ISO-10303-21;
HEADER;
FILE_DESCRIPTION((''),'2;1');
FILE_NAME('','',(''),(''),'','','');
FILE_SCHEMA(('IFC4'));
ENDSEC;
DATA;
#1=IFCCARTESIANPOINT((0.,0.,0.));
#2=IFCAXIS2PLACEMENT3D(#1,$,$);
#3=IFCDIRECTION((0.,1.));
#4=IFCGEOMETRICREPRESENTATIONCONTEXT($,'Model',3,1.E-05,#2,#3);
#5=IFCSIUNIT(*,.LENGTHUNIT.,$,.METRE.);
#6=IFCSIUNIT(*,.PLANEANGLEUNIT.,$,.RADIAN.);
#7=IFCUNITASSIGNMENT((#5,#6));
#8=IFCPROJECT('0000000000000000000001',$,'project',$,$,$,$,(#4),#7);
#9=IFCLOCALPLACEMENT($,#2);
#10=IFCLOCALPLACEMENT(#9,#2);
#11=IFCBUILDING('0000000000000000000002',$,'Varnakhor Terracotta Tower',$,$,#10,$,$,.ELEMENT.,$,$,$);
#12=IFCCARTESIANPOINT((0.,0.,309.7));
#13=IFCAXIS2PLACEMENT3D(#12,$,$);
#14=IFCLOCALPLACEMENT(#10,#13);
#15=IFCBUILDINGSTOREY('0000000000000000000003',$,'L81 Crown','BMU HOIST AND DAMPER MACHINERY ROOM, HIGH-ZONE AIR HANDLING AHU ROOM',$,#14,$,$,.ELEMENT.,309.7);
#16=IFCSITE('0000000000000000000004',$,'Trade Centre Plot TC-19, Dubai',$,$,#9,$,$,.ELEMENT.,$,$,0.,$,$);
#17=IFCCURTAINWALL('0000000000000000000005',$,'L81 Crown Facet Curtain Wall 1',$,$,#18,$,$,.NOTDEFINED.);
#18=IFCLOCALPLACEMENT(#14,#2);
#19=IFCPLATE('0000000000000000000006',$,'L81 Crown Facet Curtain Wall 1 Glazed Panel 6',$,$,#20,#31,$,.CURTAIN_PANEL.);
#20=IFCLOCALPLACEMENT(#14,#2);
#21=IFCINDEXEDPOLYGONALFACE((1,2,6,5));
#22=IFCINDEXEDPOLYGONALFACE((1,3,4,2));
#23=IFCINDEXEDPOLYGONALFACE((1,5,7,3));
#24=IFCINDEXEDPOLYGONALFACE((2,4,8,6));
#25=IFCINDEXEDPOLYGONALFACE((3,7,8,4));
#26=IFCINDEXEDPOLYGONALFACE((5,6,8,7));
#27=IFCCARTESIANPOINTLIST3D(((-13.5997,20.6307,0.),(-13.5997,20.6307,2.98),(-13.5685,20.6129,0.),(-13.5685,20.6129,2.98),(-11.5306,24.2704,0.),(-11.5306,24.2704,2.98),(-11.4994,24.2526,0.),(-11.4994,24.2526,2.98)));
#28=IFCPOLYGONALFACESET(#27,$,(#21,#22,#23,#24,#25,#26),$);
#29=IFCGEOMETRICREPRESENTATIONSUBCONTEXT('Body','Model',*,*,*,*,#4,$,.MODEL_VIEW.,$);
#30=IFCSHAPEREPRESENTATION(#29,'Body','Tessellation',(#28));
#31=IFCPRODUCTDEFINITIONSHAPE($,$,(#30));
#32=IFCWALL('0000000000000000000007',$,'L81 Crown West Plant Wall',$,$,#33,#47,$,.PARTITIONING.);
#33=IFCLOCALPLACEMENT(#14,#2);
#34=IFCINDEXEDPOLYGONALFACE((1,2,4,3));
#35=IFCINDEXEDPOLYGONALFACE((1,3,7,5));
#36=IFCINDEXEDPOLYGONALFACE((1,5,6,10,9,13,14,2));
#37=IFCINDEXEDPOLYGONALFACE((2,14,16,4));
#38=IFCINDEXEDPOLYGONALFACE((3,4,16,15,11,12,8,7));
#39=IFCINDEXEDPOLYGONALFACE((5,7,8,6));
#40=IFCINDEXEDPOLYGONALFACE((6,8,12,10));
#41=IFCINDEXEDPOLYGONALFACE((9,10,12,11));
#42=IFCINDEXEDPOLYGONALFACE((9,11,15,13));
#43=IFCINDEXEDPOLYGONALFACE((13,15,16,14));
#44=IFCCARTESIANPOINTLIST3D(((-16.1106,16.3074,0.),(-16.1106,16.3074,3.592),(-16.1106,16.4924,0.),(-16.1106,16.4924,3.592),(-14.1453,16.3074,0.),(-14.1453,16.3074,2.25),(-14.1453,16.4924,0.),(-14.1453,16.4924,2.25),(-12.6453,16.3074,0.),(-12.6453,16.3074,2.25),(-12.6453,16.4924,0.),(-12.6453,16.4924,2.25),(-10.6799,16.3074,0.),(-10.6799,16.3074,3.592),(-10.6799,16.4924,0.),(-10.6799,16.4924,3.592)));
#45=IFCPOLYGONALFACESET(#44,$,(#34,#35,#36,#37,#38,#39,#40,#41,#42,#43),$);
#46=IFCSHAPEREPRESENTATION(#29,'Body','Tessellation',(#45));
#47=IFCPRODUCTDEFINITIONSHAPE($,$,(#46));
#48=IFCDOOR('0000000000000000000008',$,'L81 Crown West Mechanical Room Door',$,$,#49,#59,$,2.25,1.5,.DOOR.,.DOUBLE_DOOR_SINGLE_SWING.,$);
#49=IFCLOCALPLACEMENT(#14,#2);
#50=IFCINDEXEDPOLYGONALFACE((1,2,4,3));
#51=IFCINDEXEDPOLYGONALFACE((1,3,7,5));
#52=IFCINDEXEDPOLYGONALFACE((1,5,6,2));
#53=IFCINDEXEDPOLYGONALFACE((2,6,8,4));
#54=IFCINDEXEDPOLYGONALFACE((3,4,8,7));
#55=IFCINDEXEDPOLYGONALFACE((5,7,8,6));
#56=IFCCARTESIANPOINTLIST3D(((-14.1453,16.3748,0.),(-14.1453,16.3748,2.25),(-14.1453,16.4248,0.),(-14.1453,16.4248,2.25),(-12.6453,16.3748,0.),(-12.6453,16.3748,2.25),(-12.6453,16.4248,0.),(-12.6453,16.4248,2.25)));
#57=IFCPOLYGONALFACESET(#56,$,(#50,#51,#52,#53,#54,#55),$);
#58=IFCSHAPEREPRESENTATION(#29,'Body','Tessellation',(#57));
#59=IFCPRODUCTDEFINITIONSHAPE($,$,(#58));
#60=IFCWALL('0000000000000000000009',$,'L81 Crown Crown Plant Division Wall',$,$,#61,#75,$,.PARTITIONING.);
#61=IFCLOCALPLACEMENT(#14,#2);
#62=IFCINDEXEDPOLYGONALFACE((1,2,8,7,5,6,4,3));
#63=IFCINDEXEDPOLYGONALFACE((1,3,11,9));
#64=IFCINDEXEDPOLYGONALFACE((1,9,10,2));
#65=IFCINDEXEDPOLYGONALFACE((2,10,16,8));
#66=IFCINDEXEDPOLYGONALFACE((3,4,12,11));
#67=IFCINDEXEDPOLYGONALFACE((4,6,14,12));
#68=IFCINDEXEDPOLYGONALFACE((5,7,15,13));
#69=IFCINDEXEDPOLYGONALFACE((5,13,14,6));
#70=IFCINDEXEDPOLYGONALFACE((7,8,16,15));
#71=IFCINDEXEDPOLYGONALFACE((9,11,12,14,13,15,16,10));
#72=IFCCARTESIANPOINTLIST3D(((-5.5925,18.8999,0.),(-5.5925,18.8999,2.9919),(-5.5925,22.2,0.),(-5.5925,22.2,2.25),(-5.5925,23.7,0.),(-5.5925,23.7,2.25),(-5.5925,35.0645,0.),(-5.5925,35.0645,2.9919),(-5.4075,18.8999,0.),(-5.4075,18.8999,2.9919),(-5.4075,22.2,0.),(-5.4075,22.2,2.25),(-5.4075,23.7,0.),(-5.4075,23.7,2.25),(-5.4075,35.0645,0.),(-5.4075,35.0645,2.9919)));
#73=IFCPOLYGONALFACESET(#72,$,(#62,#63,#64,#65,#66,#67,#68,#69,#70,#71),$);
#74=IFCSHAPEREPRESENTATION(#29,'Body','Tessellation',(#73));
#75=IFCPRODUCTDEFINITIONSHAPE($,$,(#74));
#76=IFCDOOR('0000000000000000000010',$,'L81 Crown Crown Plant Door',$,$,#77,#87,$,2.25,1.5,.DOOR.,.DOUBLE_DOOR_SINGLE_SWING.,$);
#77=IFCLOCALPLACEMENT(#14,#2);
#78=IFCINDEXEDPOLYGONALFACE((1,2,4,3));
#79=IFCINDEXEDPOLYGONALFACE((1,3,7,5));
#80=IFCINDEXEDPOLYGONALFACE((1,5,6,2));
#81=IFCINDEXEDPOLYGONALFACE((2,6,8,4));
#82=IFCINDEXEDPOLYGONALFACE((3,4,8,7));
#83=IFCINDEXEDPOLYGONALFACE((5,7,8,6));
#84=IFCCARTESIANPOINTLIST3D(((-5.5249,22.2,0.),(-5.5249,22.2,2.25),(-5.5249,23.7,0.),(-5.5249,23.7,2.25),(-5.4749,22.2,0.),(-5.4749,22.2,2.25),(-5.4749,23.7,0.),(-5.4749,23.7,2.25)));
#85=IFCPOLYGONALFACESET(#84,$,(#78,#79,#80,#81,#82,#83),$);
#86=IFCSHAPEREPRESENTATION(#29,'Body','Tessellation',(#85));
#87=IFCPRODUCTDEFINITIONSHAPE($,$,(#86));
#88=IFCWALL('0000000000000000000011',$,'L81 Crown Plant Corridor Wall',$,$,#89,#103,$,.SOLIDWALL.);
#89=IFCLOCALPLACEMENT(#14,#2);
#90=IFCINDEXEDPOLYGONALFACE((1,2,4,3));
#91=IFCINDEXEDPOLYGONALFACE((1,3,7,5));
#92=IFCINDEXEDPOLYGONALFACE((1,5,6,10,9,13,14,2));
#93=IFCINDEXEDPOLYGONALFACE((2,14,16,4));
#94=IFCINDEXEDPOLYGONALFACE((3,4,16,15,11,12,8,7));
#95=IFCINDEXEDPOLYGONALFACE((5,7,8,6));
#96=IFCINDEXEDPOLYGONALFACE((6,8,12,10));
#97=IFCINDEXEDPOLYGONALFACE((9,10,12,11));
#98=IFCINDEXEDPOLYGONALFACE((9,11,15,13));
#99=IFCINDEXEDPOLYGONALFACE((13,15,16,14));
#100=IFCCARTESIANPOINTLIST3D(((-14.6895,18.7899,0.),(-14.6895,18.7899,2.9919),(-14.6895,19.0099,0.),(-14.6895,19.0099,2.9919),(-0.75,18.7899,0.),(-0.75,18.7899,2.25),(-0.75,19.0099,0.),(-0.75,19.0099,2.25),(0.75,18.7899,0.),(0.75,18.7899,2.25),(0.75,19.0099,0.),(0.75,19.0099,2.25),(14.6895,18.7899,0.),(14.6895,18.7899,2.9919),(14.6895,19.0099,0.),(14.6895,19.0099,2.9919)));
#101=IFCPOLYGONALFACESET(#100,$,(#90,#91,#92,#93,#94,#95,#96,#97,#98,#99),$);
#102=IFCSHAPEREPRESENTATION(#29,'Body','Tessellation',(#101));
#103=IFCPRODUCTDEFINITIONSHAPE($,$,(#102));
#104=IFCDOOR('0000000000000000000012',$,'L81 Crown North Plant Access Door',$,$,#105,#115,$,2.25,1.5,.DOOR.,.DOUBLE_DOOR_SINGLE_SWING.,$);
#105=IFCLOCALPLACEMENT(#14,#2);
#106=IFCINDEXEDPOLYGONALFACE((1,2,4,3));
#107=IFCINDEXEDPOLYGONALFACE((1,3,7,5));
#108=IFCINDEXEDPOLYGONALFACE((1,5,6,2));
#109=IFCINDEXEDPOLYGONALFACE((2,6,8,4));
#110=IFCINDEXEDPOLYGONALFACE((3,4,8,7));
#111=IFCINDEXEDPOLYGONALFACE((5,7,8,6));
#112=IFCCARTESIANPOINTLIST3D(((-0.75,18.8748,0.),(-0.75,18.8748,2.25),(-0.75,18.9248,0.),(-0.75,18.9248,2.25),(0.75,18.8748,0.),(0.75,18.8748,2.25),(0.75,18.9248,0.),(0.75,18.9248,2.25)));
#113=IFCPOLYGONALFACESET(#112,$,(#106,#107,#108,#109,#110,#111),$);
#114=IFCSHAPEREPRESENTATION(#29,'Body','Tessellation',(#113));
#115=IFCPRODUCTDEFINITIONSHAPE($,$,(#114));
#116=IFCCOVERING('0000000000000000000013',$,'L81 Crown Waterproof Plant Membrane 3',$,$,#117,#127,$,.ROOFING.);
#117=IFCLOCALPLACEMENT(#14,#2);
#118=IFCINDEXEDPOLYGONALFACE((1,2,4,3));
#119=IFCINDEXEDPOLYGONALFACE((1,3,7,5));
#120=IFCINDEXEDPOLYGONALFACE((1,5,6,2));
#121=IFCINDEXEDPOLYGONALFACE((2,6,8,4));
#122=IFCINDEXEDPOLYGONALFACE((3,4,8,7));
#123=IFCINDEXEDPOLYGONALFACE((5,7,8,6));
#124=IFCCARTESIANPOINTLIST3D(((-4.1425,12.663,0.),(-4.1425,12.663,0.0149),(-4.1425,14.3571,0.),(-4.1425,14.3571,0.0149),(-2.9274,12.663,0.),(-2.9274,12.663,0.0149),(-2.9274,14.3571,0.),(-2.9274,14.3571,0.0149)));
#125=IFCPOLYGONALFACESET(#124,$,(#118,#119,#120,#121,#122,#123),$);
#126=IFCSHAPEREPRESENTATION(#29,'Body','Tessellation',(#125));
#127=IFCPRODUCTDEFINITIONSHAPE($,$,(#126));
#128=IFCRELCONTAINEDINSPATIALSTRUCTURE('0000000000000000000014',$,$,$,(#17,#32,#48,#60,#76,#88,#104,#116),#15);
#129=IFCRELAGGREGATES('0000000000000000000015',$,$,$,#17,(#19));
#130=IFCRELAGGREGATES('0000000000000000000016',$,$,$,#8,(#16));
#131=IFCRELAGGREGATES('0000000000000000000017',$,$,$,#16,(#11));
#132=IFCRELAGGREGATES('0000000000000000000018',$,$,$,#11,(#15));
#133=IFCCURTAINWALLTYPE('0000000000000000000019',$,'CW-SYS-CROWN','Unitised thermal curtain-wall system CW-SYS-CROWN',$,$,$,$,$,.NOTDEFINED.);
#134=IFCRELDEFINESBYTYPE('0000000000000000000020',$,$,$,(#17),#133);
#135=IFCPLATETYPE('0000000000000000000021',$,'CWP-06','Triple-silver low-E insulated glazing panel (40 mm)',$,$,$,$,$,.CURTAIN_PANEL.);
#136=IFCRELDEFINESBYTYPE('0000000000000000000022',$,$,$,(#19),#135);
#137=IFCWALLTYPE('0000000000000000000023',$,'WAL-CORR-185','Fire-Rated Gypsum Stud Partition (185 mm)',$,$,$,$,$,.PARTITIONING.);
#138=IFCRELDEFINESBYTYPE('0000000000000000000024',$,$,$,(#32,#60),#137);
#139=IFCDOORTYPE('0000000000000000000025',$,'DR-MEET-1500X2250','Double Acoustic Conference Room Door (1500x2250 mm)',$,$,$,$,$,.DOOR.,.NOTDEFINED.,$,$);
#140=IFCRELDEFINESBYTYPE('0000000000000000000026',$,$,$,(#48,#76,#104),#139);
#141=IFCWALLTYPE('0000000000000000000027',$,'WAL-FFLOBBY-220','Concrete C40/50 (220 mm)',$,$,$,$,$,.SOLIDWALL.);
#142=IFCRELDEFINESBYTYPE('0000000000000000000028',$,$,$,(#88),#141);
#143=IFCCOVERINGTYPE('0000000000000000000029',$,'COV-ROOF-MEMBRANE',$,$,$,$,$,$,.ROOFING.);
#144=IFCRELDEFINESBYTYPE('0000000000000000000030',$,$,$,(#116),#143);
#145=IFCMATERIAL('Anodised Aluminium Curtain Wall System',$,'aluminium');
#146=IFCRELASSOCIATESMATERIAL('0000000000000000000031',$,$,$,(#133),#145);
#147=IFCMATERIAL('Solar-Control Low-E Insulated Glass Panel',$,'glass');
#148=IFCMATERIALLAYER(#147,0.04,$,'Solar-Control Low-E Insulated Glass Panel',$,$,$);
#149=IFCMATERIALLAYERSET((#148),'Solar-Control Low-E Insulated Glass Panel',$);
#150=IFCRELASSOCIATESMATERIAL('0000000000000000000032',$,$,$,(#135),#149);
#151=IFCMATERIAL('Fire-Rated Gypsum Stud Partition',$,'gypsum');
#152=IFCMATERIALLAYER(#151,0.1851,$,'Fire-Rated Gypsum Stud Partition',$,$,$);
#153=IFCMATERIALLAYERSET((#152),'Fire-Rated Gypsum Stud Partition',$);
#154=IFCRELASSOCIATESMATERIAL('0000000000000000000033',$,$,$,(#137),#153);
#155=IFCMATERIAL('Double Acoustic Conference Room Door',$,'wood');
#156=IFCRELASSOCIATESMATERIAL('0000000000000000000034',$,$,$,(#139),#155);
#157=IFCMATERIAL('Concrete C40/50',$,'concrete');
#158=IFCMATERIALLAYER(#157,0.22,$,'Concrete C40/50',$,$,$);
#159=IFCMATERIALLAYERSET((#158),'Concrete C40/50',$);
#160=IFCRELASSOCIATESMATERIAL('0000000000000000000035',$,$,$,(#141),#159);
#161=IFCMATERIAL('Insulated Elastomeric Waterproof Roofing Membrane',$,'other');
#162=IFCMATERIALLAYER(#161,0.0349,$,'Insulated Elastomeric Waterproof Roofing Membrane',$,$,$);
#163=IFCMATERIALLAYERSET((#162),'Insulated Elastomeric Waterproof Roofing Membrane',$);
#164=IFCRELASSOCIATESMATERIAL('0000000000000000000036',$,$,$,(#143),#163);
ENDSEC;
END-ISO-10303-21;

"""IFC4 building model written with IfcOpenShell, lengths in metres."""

from ifc_helpers import new_model, si_unit, direction, frame, frame_2d, origin, origin_2d, place, context, subcontext, project, spatial, rectangle, extrude, source, transform, mapped, material, layer, layer_set, type_object, type_shapes, element, fill, aggregate, save


model = new_model("IFC4")

# Units and contexts
model_context = context("Model", 3, precision=1e-05, world=origin(), true_north=direction((0.0, 1.0)))
body_context = subcontext(model_context, "Body", "Model", "MODEL_VIEW")
ifc_project = project(units=[si_unit("LENGTHUNIT", "METRE"), si_unit("PLANEANGLEUNIT", "RADIAN")], contexts=[model_context])

# Site, building, storey
site_placement = place(None, origin())
site = spatial("IfcSite", under=ifc_project, at=site_placement, Name="Trade Centre Plot TC-19, Dubai", CompositionType="ELEMENT", RefElevation=0.0)
building_placement = place(site_placement, origin())
building = spatial("IfcBuilding", under=site, at=building_placement, Name="Varnakhor Terracotta Tower", CompositionType="ELEMENT")
storey_placement = place(building_placement, frame((0.0, 0.0, 309.7)))
storey = spatial("IfcBuildingStorey", under=building, at=storey_placement, Name="L81 Crown", Description="BMU HOIST AND DAMPER MACHINERY ROOM, HIGH-ZONE AIR HANDLING AHU ROOM", CompositionType="ELEMENT", Elevation=309.7)

# Curtain wall, plate
ifc_material_1 = material(Name="Anodised Aluminium Curtain Wall System", Category="aluminium")
curtain_wall_type = type_object("IfcCurtainWallType", Name="CW-SYS-CROWN", Description="Unitised thermal curtain-wall system CW-SYS-CROWN", PredefinedType="NOTDEFINED", material=ifc_material_1)
curtain_wall_placement = place(storey_placement, origin())
curtain_wall = element("IfcCurtainWall", 1, at=curtain_wall_placement, inside=storey, type_object=curtain_wall_type, Name="L81 Crown Facet Curtain Wall 1", PredefinedType="NOTDEFINED")
ifc_material_2 = material(Name="Solar-Control Low-E Insulated Glass Panel", Category="glass")
ifc_layer_1 = layer(ifc_material_2, 0.04, Name="Solar-Control Low-E Insulated Glass Panel")
ifc_layer_set_1 = layer_set([ifc_layer_1], Name="Solar-Control Low-E Insulated Glass Panel")
plate_type = type_object("IfcPlateType", Name="CWP-06", Description="Triple-silver low-E insulated glazing panel (40 mm)", PredefinedType="CURTAIN_PANEL", material=ifc_layer_set_1)
shared_shape_1 = source(origin(), body_context, "Body", "SweptSolid", [
    extrude(rectangle(XDim=4.1868, YDim=0.0359, at=origin_2d()), origin(), (0.0, 0.0, 1.0), 2.98),
])
type_shapes(plate_type, [shared_shape_1])
plate_1_placement = place(storey_placement, frame((-12.5496, 22.4417, 0.0), z_axis=(0.0, 0.0, 1.0), x_axis=(0.494215, 0.86934, 0.0)))
plate_1 = element("IfcPlate", 2, at=plate_1_placement, type_object=plate_type, Name="L81 Crown Facet Curtain Wall 1 Glazed Panel 6", PredefinedType="CURTAIN_PANEL", context=body_context, shape_type="MappedRepresentation", body=[
    mapped(shared_shape_1, transform((0.0, 0.0, 0.0), scale=1.0)),
])
aggregate(curtain_wall, [plate_1])

# Walls, openings, doors
ifc_material_3 = material(Name="Fire-Rated Gypsum Stud Partition", Category="gypsum")
ifc_layer_2 = layer(ifc_material_3, 0.1851, Name="Fire-Rated Gypsum Stud Partition")
ifc_layer_set_2 = layer_set([ifc_layer_2], Name="Fire-Rated Gypsum Stud Partition")
wall_type_1 = type_object("IfcWallType", Name="WAL-CORR-185", Description="Fire-Rated Gypsum Stud Partition (185 mm)", PredefinedType="PARTITIONING", material=ifc_layer_set_2)
wall_1_placement = place(storey_placement, frame((-16.1106, 16.3999, 0.0), z_axis=(0.0, 0.0, 1.0), x_axis=(1.0, 0.0, 0.0)))
wall_1 = element("IfcWall", 3, at=wall_1_placement, inside=storey, type_object=wall_type_1, Name="L81 Crown West Plant Wall", PredefinedType="PARTITIONING", context=body_context, shape_type="SweptSolid", body=[
    extrude(rectangle(XDim=5.4307, YDim=0.1851, at=frame_2d((2.7153, 0.0))), origin(), (0.0, 0.0, 1.0), 3.592),
])
opening_1_placement = place(wall_1_placement, frame((1.9653, 0.0, 0.0)))
opening_1 = element("IfcOpeningElement", 4, at=opening_1_placement, cuts=wall_1, PredefinedType="OPENING", context=body_context, shape_type="SweptSolid", body=[
    extrude(rectangle(XDim=1.5, YDim=2.25, at=frame_2d((0.75, 1.125))), frame((0.0, 0.1025, 0.0), z_axis=(0.0, -1.0, 0.0), x_axis=(1.0, 0.0, 0.0)), (0.0, 0.0, 1.0), 0.2051),
])
ifc_material_4 = material(Name="Double Acoustic Conference Room Door", Category="wood")
door_type_1 = type_object("IfcDoorType", Name="DR-MEET-1500X2250", Description="Double Acoustic Conference Room Door (1500x2250 mm)", OperationType="NOTDEFINED", PredefinedType="DOOR", material=ifc_material_4)
shared_shape_2 = source(origin(), body_context, "Body", "SweptSolid", [
    extrude(rectangle(XDim=1.5, YDim=2.25, at=frame_2d((0.75, 1.125))), frame((0.0, 0.0249, 0.0), z_axis=(0.0, -1.0, 0.0), x_axis=(1.0, 0.0, 0.0)), (0.0, 0.0, 1.0), 0.05),
])
type_shapes(door_type_1, [shared_shape_2])
door_1_placement = place(opening_1_placement, origin())
door_1 = element("IfcDoor", 5, at=door_1_placement, inside=storey, type_object=door_type_1, Name="L81 Crown West Mechanical Room Door", OperationType="DOUBLE_DOOR_SINGLE_SWING", OverallHeight=2.25, OverallWidth=1.5, PredefinedType="DOOR", context=body_context, shape_type="MappedRepresentation", body=[
    mapped(shared_shape_2, transform((0.0, 0.0, 0.0), scale=1.0)),
])
fill(opening_1, door_1)
wall_2_placement = place(storey_placement, frame((-5.5, 18.8999, 0.0), z_axis=(0.0, 0.0, 1.0), x_axis=(0.0, 1.0, 0.0)))
wall_2 = element("IfcWall", 6, at=wall_2_placement, inside=storey, type_object=wall_type_1, Name="L81 Crown Crown Plant Division Wall", PredefinedType="PARTITIONING", context=body_context, shape_type="SweptSolid", body=[
    extrude(rectangle(XDim=16.1646, YDim=0.1851, at=frame_2d((8.0823, 0.0))), origin(), (0.0, 0.0, 1.0), 2.9919),
])
opening_2_placement = place(wall_2_placement, frame((3.3, 0.0, 0.0)))
opening_2 = element("IfcOpeningElement", 7, at=opening_2_placement, cuts=wall_2, PredefinedType="OPENING", context=body_context, shape_type="SweptSolid", body=[
    extrude(rectangle(XDim=1.5, YDim=2.25, at=frame_2d((0.75, 1.125))), frame((0.0, 0.1025, 0.0), z_axis=(0.0, -1.0, 0.0), x_axis=(1.0, 0.0, 0.0)), (0.0, 0.0, 1.0), 0.2051),
])
door_2_placement = place(opening_2_placement, origin())
door_2 = element("IfcDoor", 8, at=door_2_placement, inside=storey, type_object=door_type_1, Name="L81 Crown Crown Plant Door", OperationType="DOUBLE_DOOR_SINGLE_SWING", OverallHeight=2.25, OverallWidth=1.5, PredefinedType="DOOR", context=body_context, shape_type="MappedRepresentation", body=[
    mapped(shared_shape_2, transform((0.0, 0.0, 0.0), scale=1.0)),
])
fill(opening_2, door_2)
ifc_material_5 = material(Name="Concrete C40/50", Category="concrete")
ifc_layer_3 = layer(ifc_material_5, 0.22, Name="Concrete C40/50")
ifc_layer_set_3 = layer_set([ifc_layer_3], Name="Concrete C40/50")
wall_type_2 = type_object("IfcWallType", Name="WAL-FFLOBBY-220", Description="Concrete C40/50 (220 mm)", PredefinedType="SOLIDWALL", material=ifc_layer_set_3)
wall_3_placement = place(storey_placement, frame((-14.6895, 18.8999, 0.0), z_axis=(0.0, 0.0, 1.0), x_axis=(1.0, 0.0, 0.0)))
wall_3 = element("IfcWall", 9, at=wall_3_placement, inside=storey, type_object=wall_type_2, Name="L81 Crown Plant Corridor Wall", PredefinedType="SOLIDWALL", context=body_context, shape_type="SweptSolid", body=[
    extrude(rectangle(XDim=29.3789, YDim=0.22, at=frame_2d((14.6895, 0.0))), origin(), (0.0, 0.0, 1.0), 2.9919),
])
opening_3_placement = place(wall_3_placement, frame((13.9395, 0.0, 0.0)))
opening_3 = element("IfcOpeningElement", 10, at=opening_3_placement, cuts=wall_3, PredefinedType="OPENING", context=body_context, shape_type="SweptSolid", body=[
    extrude(rectangle(XDim=1.5, YDim=2.25, at=frame_2d((0.75, 1.125))), frame((0.0, 0.1201, 0.0), z_axis=(0.0, -1.0, 0.0), x_axis=(1.0, 0.0, 0.0)), (0.0, 0.0, 1.0), 0.24),
])
door_3_placement = place(opening_3_placement, origin())
door_3 = element("IfcDoor", 11, at=door_3_placement, inside=storey, type_object=door_type_1, Name="L81 Crown North Plant Access Door", OperationType="DOUBLE_DOOR_SINGLE_SWING", OverallHeight=2.25, OverallWidth=1.5, PredefinedType="DOOR", context=body_context, shape_type="MappedRepresentation", body=[
    mapped(shared_shape_2, transform((0.0, 0.0, 0.0), scale=1.0)),
])
fill(opening_3, door_3)

# Covering
ifc_material_6 = material(Name="Insulated Elastomeric Waterproof Roofing Membrane", Category="other")
ifc_layer_4 = layer(ifc_material_6, 0.0349, Name="Insulated Elastomeric Waterproof Roofing Membrane")
ifc_layer_set_4 = layer_set([ifc_layer_4], Name="Insulated Elastomeric Waterproof Roofing Membrane")
covering_type = type_object("IfcCoveringType", Name="COV-ROOF-MEMBRANE", PredefinedType="ROOFING", material=ifc_layer_set_4)
shared_shape_3 = source(origin(), body_context, "Body", "SweptSolid", [
    extrude(rectangle(XDim=1.2151, YDim=1.6941, at=origin_2d()), origin(), (0.0, 0.0, 1.0), 0.0149),
])
covering_placement = place(storey_placement, frame((-3.5349, 13.51, 0.0), z_axis=(0.0, 0.0, 1.0), x_axis=(1.0, 0.0, 0.0)))
element("IfcCovering", 12, at=covering_placement, inside=storey, type_object=covering_type, Name="L81 Crown Waterproof Plant Membrane 3", PredefinedType="ROOFING", context=body_context, shape_type="MappedRepresentation", body=[
    mapped(shared_shape_3, transform((0.0, 0.0, 0.0), scale=1.0)),
])

save(model, "model.ifc")
